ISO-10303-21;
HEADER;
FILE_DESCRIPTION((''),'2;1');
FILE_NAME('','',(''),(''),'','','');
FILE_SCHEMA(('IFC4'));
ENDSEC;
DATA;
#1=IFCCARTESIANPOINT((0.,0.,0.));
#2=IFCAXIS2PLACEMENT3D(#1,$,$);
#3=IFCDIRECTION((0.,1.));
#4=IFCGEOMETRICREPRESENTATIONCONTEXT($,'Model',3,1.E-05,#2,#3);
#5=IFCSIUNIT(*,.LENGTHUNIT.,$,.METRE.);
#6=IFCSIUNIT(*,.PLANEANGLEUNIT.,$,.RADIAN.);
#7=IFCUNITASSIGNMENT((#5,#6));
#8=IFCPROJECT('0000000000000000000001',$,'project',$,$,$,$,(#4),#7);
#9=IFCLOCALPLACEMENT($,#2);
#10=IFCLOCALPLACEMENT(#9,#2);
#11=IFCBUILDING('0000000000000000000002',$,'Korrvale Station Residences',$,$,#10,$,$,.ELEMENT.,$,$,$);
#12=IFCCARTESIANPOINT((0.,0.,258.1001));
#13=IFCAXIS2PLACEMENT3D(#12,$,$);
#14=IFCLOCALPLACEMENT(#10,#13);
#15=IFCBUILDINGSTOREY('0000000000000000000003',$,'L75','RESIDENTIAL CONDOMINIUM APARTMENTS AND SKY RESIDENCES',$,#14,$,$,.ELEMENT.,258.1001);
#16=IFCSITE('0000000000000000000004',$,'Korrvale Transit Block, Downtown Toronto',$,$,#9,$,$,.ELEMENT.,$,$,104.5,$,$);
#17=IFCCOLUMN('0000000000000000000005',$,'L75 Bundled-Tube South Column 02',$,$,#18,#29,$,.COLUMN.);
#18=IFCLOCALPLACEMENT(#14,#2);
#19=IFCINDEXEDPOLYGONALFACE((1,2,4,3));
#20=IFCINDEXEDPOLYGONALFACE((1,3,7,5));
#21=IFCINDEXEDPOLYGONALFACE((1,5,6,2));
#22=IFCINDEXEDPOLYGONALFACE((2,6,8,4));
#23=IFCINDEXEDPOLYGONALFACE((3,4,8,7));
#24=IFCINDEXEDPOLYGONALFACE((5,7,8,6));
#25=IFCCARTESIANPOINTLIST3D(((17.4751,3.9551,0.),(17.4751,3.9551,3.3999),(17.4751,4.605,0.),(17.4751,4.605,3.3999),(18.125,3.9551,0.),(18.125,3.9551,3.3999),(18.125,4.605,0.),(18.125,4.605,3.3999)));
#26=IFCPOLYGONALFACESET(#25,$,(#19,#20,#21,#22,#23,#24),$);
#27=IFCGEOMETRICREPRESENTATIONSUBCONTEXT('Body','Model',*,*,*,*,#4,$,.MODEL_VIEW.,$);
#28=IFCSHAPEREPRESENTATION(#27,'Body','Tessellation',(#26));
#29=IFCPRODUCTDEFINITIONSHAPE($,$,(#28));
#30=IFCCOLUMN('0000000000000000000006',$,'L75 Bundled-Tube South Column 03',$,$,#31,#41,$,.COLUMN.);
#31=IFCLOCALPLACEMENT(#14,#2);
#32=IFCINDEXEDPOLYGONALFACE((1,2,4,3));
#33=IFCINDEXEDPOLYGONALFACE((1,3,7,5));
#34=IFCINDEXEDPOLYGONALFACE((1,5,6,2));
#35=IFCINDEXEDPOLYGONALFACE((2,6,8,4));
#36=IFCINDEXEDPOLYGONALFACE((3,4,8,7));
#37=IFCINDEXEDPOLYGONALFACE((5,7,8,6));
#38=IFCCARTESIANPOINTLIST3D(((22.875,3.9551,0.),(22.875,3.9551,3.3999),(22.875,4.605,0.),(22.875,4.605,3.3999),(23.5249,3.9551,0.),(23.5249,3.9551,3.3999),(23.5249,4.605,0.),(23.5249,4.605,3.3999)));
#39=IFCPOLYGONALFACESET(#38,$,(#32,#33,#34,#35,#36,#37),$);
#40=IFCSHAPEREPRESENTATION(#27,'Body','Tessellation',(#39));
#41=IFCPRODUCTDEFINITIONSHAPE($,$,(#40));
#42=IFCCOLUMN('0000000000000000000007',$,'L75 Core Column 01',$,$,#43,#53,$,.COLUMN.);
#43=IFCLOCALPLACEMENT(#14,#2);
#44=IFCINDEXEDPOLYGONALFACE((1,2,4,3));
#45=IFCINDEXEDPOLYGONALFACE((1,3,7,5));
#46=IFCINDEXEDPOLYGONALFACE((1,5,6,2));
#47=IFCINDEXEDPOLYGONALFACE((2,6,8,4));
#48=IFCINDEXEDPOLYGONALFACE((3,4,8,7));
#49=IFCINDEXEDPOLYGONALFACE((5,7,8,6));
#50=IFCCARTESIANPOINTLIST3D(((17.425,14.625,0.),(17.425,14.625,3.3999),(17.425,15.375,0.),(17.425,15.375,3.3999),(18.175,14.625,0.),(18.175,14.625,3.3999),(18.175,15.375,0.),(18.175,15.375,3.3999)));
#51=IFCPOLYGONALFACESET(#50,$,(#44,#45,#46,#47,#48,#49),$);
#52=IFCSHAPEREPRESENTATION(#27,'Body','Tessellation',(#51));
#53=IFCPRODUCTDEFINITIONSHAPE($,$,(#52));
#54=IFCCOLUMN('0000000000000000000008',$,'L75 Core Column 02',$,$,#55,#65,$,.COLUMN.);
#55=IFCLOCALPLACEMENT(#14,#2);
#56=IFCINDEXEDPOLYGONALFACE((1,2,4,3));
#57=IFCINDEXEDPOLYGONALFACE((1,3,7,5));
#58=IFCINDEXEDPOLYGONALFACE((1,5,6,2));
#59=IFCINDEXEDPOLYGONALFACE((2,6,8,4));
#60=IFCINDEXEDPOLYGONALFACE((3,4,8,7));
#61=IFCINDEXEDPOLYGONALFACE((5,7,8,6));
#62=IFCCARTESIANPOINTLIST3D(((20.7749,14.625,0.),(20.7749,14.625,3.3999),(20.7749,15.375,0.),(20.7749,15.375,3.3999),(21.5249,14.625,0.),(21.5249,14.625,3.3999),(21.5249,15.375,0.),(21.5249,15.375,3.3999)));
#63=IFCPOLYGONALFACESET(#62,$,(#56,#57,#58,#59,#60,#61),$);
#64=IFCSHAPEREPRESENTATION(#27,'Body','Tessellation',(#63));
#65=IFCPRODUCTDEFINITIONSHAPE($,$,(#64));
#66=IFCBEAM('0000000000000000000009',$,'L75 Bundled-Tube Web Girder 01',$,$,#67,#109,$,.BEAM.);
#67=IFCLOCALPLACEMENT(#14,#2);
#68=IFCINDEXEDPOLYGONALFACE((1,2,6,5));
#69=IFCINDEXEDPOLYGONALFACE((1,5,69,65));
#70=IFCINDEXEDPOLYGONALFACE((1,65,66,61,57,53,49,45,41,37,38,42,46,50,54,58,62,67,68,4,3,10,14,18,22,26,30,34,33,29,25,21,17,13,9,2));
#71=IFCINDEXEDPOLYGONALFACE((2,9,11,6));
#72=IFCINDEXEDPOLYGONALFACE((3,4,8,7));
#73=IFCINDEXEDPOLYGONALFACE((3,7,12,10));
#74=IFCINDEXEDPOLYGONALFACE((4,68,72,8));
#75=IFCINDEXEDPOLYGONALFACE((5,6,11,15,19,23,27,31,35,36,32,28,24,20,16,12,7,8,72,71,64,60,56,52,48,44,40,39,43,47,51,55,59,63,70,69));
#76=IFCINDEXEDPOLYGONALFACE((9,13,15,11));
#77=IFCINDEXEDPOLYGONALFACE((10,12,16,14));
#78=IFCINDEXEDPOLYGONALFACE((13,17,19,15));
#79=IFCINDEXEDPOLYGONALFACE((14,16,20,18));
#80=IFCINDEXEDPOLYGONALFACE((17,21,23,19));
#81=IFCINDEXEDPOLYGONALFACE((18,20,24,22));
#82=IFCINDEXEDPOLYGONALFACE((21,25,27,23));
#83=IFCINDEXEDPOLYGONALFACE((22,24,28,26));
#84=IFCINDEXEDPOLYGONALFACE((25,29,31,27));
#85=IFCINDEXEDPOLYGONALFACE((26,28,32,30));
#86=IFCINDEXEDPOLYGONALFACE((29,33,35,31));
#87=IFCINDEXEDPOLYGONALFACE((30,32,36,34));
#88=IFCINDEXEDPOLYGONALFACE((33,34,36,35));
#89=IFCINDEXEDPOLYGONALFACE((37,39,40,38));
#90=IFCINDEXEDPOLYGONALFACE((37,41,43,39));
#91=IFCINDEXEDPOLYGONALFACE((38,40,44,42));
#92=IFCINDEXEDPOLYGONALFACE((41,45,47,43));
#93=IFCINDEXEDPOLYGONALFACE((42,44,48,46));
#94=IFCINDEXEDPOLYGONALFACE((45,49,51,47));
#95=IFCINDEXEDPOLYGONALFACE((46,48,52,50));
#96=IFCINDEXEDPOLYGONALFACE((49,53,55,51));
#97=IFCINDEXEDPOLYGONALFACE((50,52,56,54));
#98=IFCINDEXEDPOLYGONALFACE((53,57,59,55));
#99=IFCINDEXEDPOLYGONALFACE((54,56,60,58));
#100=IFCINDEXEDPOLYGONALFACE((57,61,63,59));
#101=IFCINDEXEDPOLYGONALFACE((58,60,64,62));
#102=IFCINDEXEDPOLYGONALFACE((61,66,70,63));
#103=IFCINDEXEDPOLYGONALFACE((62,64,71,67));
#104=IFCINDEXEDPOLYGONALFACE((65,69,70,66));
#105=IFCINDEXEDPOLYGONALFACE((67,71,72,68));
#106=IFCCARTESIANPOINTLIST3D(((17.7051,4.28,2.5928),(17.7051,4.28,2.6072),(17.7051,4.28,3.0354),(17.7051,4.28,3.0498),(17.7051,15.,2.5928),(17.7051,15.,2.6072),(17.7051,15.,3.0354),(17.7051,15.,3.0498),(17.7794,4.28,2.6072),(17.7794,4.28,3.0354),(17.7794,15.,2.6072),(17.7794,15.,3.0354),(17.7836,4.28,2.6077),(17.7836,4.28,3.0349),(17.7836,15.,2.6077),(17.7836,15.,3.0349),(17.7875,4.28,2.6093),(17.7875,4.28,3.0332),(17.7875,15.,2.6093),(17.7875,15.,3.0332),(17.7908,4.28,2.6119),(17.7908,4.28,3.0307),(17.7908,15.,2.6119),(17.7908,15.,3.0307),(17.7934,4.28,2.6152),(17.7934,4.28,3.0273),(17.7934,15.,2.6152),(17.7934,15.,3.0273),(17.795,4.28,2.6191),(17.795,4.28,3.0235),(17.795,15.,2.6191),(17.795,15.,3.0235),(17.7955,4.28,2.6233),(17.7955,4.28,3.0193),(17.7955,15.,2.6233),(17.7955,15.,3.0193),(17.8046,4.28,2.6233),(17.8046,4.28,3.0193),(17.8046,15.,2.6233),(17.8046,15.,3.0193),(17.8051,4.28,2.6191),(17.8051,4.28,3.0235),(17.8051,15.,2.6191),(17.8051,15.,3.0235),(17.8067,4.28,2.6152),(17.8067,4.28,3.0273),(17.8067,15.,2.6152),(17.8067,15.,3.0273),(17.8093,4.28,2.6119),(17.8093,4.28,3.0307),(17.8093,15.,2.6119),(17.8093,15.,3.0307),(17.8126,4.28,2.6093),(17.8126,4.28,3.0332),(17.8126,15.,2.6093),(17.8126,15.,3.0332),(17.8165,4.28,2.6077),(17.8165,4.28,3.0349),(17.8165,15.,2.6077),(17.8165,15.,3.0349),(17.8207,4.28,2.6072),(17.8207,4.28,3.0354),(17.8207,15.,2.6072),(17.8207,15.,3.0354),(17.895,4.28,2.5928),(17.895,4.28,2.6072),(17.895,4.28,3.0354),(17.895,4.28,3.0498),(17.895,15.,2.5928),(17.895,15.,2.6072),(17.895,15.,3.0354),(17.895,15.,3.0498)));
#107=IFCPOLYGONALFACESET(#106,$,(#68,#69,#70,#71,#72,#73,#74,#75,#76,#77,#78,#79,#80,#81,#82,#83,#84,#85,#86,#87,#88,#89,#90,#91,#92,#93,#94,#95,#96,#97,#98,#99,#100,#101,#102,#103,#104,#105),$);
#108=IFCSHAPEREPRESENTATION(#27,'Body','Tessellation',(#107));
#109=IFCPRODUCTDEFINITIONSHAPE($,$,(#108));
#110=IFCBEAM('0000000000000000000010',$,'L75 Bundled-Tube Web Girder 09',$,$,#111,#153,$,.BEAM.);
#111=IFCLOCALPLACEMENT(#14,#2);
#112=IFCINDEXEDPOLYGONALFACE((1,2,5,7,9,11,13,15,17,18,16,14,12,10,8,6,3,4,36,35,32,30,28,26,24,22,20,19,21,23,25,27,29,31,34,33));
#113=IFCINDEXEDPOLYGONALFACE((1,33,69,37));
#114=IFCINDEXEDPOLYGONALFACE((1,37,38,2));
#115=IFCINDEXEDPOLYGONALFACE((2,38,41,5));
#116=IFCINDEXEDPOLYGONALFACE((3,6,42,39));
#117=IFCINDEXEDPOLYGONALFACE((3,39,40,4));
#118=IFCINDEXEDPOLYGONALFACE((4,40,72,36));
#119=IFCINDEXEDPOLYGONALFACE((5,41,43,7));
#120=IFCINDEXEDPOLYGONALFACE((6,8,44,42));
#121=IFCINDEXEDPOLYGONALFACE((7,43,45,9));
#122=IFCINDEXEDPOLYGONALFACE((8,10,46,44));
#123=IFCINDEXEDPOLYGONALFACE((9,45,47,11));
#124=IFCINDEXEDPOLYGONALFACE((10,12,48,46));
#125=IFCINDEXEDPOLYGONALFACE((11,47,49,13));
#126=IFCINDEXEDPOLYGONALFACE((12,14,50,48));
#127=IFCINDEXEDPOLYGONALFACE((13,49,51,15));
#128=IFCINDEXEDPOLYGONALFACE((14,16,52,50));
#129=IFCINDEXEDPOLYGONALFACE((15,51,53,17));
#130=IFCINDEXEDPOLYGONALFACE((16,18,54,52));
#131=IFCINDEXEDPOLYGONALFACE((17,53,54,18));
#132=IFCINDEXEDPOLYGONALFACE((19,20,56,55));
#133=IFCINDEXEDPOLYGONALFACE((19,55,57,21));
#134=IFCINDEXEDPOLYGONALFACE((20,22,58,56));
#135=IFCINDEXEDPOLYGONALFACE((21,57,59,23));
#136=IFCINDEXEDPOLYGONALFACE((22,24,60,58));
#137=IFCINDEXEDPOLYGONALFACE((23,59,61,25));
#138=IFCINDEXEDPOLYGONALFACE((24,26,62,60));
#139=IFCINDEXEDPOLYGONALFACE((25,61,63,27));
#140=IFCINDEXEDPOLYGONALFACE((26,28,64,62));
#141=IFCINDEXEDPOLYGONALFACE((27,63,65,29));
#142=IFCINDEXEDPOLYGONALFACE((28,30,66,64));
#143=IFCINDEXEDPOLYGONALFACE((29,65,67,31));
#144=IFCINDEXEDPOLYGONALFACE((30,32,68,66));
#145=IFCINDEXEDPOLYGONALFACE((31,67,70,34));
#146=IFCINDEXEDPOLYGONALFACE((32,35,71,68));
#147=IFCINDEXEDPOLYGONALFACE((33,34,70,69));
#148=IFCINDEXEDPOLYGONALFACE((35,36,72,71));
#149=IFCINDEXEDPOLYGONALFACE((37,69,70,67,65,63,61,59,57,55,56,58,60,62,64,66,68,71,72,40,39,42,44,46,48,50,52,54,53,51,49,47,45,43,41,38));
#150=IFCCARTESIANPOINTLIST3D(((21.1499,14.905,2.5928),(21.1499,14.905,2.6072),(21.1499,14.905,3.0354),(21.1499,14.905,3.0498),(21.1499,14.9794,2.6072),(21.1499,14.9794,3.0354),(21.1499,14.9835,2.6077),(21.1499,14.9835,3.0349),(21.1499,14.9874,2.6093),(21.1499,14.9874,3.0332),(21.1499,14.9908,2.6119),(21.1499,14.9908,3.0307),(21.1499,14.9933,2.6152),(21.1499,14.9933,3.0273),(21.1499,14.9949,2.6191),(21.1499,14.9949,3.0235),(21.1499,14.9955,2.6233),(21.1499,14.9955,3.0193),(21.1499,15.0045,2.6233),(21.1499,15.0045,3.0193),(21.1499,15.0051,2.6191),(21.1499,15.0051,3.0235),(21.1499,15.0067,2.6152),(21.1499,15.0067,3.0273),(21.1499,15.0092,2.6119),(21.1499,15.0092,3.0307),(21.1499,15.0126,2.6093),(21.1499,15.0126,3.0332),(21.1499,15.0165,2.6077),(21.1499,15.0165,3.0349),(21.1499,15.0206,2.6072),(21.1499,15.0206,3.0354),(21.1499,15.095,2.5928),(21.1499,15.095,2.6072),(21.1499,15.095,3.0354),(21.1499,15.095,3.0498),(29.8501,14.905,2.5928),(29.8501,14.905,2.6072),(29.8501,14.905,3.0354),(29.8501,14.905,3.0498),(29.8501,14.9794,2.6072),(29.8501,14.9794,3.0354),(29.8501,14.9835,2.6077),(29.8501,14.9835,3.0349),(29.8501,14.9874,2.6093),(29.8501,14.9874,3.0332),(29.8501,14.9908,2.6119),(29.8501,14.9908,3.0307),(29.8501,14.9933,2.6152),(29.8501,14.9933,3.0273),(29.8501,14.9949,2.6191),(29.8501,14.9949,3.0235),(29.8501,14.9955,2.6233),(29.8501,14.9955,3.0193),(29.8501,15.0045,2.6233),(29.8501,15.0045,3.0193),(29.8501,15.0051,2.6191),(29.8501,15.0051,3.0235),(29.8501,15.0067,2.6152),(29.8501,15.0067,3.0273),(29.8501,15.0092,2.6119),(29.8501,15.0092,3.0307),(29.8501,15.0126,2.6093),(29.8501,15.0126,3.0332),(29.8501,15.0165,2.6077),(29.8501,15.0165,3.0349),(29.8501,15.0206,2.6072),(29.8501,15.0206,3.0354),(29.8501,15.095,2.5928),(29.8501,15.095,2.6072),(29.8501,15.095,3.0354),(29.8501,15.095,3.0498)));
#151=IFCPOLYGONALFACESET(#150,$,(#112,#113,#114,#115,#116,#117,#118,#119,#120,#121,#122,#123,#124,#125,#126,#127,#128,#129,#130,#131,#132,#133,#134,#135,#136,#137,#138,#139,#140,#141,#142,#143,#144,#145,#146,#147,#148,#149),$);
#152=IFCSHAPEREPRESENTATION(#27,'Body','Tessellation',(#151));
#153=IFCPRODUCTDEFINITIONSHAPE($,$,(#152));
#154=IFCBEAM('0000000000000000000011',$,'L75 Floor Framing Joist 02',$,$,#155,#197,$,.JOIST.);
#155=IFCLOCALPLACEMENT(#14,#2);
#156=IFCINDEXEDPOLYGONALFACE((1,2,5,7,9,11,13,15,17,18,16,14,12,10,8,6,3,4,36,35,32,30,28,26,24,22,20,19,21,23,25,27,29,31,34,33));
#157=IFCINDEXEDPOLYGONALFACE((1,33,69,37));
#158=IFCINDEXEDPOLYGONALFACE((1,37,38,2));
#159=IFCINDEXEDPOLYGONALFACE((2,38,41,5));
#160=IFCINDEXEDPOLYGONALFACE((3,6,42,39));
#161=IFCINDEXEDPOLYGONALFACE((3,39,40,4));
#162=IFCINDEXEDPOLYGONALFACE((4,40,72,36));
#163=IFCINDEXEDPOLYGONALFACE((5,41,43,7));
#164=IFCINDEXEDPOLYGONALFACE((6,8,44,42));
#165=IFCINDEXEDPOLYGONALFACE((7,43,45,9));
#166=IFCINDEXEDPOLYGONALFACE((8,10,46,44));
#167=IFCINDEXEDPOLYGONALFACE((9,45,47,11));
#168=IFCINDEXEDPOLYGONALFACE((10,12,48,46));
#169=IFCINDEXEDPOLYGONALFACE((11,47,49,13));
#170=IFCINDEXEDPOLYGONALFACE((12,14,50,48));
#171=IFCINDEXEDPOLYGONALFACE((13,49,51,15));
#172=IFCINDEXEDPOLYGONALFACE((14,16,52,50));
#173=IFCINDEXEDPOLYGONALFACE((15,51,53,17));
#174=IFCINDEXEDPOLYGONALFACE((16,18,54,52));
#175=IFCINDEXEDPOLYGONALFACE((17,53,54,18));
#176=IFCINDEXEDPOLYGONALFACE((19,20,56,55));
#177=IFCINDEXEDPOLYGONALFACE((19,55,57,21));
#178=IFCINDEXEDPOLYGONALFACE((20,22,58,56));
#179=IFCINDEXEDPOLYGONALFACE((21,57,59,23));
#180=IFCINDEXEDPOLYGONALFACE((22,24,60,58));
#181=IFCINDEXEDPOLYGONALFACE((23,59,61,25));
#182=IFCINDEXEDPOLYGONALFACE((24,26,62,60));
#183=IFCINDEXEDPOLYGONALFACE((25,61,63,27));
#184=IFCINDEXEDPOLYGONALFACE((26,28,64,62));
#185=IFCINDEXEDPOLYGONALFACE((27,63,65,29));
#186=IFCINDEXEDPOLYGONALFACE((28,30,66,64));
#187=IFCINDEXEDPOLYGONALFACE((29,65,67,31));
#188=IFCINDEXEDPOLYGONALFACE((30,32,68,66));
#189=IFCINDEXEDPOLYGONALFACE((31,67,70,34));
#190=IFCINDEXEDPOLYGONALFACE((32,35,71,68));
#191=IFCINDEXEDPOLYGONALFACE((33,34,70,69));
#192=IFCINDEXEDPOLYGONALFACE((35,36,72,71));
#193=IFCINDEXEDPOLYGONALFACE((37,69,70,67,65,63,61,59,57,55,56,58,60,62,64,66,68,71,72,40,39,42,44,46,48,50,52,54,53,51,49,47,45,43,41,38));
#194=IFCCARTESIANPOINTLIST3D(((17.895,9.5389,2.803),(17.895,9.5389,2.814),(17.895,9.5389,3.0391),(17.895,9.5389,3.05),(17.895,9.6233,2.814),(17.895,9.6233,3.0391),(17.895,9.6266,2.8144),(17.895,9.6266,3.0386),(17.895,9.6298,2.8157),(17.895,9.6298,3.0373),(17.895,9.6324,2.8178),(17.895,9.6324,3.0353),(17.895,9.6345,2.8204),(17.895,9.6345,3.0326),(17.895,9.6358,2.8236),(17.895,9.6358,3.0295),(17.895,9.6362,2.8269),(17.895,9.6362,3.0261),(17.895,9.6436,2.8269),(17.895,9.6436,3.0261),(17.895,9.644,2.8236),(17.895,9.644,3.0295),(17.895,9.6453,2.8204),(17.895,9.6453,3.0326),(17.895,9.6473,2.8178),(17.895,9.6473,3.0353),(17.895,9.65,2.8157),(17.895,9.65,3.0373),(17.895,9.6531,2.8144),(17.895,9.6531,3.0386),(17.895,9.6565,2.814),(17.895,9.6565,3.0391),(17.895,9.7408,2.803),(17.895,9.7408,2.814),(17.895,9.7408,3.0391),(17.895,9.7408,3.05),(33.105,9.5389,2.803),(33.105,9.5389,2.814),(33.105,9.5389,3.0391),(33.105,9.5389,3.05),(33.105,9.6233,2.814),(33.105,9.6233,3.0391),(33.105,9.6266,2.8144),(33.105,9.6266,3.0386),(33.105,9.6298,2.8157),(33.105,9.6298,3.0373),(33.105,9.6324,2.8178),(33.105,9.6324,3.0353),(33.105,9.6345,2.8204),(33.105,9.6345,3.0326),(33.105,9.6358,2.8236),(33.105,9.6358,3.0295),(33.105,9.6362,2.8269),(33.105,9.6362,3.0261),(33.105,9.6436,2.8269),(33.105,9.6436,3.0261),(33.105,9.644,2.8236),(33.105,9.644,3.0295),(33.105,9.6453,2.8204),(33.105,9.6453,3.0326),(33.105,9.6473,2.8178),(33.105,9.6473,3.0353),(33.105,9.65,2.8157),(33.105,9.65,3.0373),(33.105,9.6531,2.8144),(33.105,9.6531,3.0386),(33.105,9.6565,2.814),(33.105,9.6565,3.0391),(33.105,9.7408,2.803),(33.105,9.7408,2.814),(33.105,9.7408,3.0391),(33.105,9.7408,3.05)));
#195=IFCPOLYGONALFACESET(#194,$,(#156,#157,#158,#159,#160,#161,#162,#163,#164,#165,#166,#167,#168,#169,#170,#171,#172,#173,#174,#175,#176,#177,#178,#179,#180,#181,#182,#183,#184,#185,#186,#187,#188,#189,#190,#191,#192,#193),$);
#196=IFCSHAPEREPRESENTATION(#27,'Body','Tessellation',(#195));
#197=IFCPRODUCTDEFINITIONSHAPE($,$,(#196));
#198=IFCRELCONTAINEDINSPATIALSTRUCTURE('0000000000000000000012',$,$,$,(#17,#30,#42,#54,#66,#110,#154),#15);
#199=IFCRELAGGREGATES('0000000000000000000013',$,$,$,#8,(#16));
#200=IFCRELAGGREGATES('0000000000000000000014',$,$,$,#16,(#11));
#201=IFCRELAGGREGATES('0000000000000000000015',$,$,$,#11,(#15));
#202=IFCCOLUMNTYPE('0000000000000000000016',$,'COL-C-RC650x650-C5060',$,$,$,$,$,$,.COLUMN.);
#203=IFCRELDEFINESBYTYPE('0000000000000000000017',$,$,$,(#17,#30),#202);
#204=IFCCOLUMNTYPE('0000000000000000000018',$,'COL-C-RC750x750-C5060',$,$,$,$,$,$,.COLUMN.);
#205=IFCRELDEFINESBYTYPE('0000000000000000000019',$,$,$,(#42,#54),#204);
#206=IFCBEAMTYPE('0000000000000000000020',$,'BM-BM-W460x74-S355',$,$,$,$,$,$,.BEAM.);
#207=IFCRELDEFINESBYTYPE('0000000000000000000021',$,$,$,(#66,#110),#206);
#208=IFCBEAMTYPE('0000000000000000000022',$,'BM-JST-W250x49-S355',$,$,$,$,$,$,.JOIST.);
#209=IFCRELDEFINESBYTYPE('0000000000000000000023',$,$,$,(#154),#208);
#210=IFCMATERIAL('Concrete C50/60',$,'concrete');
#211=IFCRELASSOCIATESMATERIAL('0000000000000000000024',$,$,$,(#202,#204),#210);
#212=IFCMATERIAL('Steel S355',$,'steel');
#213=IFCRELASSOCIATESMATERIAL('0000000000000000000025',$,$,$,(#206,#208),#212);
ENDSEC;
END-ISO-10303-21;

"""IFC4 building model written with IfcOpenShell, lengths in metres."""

from ifc_helpers import new_model, si_unit, direction, frame, origin, origin_2d, place, context, subcontext, project, spatial, rectangle, i_section, extrude, material, material_profile, profile_set, type_object, element, save


model = new_model("IFC4")

# Units and contexts
model_context = context("Model", 3, precision=1e-05, world=origin(), true_north=direction((0.0, 1.0)))
body_context = subcontext(model_context, "Body", "Model", "MODEL_VIEW")
ifc_project = project(units=[si_unit("LENGTHUNIT", "METRE"), si_unit("PLANEANGLEUNIT", "RADIAN")], contexts=[model_context])

# Site, building, storey
site_placement = place(None, origin())
site = spatial("IfcSite", under=ifc_project, at=site_placement, Name="Korrvale Transit Block, Downtown Toronto", CompositionType="ELEMENT", RefElevation=104.5)
building_placement = place(site_placement, origin())
building = spatial("IfcBuilding", under=site, at=building_placement, Name="Korrvale Station Residences", CompositionType="ELEMENT")
storey_placement = place(building_placement, frame((0.0, 0.0, 258.1001)))
storey = spatial("IfcBuildingStorey", under=building, at=storey_placement, Name="L75", Description="RESIDENTIAL CONDOMINIUM APARTMENTS AND SKY RESIDENCES", CompositionType="ELEMENT", Elevation=258.1001)

# Columns
ifc_material_1 = material(Name="Concrete C50/60", Category="concrete")
ifc_material_profile_1 = material_profile(ifc_material_1, rectangle(XDim=0.6499, YDim=0.6499, at=origin_2d()), Name="RC650x650")
ifc_profile_set_1 = profile_set([ifc_material_profile_1], Name="Concrete C50/60")
column_type_1 = type_object("IfcColumnType", Name="COL-C-RC650x650-C5060", PredefinedType="COLUMN", material=ifc_profile_set_1)
for number, where, z_axis, x_axis, name in (
    (1, (17.8, 4.28, 0.0), (0.0, 0.0, 1.0), (1.0, 0.0, 0.0), "L75 Bundled-Tube South Column 02"),
    (2, (23.2, 4.28, 0.0), (0.0, 0.0, 1.0), (1.0, 0.0, 0.0), "L75 Bundled-Tube South Column 03"),
):
    element("IfcColumn", number, at=place(storey_placement, frame(where, z_axis=z_axis, x_axis=x_axis)), inside=storey, type_object=column_type_1, Name=name, PredefinedType="COLUMN", context=body_context, shape_type="SweptSolid", body=[
        extrude(rectangle(XDim=0.6499, YDim=0.6499, at=origin_2d()), origin(), (0.0, 0.0, 1.0), 3.3999),
    ])
ifc_material_profile_2 = material_profile(ifc_material_1, rectangle(XDim=0.75, YDim=0.75, at=origin_2d()), Name="RC750x750")
ifc_profile_set_2 = profile_set([ifc_material_profile_2], Name="Concrete C50/60")
column_type_2 = type_object("IfcColumnType", Name="COL-C-RC750x750-C5060", PredefinedType="COLUMN", material=ifc_profile_set_2)
for number, where, z_axis, x_axis, name in (
    (3, (17.8, 15.0, 0.0), (0.0, 0.0, 1.0), (1.0, 0.0, 0.0), "L75 Core Column 01"),
    (4, (21.1499, 15.0, 0.0), (0.0, 0.0, 1.0), (1.0, 0.0, 0.0), "L75 Core Column 02"),
):
    element("IfcColumn", number, at=place(storey_placement, frame(where, z_axis=z_axis, x_axis=x_axis)), inside=storey, type_object=column_type_2, Name=name, PredefinedType="COLUMN", context=body_context, shape_type="SweptSolid", body=[
        extrude(rectangle(XDim=0.75, YDim=0.75, at=origin_2d()), origin(), (0.0, 0.0, 1.0), 3.3999),
    ])

# Beams
ifc_material_2 = material(Name="Steel S355", Category="steel")
ifc_material_profile_3 = material_profile(ifc_material_2, i_section(OverallWidth=0.1899, OverallDepth=0.457, WebThickness=0.009, FlangeThickness=0.0144, FilletRadius=0.0161, at=origin_2d()), Name="W460x74")
ifc_profile_set_3 = profile_set([ifc_material_profile_3], Name="Steel S355")
beam_type_1 = type_object("IfcBeamType", Name="BM-BM-W460x74-S355", PredefinedType="BEAM", material=ifc_profile_set_3)
beam_1_placement = place(storey_placement, frame((17.8, 4.28, 2.8213), z_axis=(0.0, 1.0, 0.0), x_axis=(-1.0, 0.0, 0.0)))
element("IfcBeam", 5, at=beam_1_placement, inside=storey, type_object=beam_type_1, Name="L75 Bundled-Tube Web Girder 01", PredefinedType="BEAM", context=body_context, shape_type="SweptSolid", body=[
    extrude(i_section(OverallWidth=0.1899, OverallDepth=0.457, WebThickness=0.009, FlangeThickness=0.0144, FilletRadius=0.0161, at=origin_2d()), origin(), (0.0, 0.0, 1.0), 10.72),
])
beam_2_placement = place(storey_placement, frame((21.1499, 15.0, 2.8213), z_axis=(1.0, 0.0, 0.0), x_axis=(0.0, 1.0, 0.0)))
element("IfcBeam", 6, at=beam_2_placement, inside=storey, type_object=beam_type_1, Name="L75 Bundled-Tube Web Girder 09", PredefinedType="BEAM", context=body_context, shape_type="SweptSolid", body=[
    extrude(i_section(OverallWidth=0.1899, OverallDepth=0.457, WebThickness=0.009, FlangeThickness=0.0144, FilletRadius=0.0161, at=origin_2d()), origin(), (0.0, 0.0, 1.0), 8.7002),
])
ifc_material_profile_4 = material_profile(ifc_material_2, i_section(OverallWidth=0.2019, OverallDepth=0.2471, WebThickness=0.0073, FlangeThickness=0.011, FilletRadius=0.0129, at=origin_2d()), Name="W250x49")
ifc_profile_set_4 = profile_set([ifc_material_profile_4], Name="Steel S355")
beam_type_2 = type_object("IfcBeamType", Name="BM-JST-W250x49-S355", PredefinedType="JOIST", material=ifc_profile_set_4)
beam_3_placement = place(storey_placement, frame((17.895, 9.6399, 2.9265), z_axis=(1.0, 0.0, 0.0), x_axis=(0.0, 1.0, 0.0)))
element("IfcBeam", 7, at=beam_3_placement, inside=storey, type_object=beam_type_2, Name="L75 Floor Framing Joist 02", PredefinedType="JOIST", context=body_context, shape_type="SweptSolid", body=[
    extrude(i_section(OverallWidth=0.2019, OverallDepth=0.2471, WebThickness=0.0073, FlangeThickness=0.011, FilletRadius=0.0129, at=origin_2d()), origin(), (0.0, 0.0, 1.0), 15.21),
])

save(model, "model.ifc")
